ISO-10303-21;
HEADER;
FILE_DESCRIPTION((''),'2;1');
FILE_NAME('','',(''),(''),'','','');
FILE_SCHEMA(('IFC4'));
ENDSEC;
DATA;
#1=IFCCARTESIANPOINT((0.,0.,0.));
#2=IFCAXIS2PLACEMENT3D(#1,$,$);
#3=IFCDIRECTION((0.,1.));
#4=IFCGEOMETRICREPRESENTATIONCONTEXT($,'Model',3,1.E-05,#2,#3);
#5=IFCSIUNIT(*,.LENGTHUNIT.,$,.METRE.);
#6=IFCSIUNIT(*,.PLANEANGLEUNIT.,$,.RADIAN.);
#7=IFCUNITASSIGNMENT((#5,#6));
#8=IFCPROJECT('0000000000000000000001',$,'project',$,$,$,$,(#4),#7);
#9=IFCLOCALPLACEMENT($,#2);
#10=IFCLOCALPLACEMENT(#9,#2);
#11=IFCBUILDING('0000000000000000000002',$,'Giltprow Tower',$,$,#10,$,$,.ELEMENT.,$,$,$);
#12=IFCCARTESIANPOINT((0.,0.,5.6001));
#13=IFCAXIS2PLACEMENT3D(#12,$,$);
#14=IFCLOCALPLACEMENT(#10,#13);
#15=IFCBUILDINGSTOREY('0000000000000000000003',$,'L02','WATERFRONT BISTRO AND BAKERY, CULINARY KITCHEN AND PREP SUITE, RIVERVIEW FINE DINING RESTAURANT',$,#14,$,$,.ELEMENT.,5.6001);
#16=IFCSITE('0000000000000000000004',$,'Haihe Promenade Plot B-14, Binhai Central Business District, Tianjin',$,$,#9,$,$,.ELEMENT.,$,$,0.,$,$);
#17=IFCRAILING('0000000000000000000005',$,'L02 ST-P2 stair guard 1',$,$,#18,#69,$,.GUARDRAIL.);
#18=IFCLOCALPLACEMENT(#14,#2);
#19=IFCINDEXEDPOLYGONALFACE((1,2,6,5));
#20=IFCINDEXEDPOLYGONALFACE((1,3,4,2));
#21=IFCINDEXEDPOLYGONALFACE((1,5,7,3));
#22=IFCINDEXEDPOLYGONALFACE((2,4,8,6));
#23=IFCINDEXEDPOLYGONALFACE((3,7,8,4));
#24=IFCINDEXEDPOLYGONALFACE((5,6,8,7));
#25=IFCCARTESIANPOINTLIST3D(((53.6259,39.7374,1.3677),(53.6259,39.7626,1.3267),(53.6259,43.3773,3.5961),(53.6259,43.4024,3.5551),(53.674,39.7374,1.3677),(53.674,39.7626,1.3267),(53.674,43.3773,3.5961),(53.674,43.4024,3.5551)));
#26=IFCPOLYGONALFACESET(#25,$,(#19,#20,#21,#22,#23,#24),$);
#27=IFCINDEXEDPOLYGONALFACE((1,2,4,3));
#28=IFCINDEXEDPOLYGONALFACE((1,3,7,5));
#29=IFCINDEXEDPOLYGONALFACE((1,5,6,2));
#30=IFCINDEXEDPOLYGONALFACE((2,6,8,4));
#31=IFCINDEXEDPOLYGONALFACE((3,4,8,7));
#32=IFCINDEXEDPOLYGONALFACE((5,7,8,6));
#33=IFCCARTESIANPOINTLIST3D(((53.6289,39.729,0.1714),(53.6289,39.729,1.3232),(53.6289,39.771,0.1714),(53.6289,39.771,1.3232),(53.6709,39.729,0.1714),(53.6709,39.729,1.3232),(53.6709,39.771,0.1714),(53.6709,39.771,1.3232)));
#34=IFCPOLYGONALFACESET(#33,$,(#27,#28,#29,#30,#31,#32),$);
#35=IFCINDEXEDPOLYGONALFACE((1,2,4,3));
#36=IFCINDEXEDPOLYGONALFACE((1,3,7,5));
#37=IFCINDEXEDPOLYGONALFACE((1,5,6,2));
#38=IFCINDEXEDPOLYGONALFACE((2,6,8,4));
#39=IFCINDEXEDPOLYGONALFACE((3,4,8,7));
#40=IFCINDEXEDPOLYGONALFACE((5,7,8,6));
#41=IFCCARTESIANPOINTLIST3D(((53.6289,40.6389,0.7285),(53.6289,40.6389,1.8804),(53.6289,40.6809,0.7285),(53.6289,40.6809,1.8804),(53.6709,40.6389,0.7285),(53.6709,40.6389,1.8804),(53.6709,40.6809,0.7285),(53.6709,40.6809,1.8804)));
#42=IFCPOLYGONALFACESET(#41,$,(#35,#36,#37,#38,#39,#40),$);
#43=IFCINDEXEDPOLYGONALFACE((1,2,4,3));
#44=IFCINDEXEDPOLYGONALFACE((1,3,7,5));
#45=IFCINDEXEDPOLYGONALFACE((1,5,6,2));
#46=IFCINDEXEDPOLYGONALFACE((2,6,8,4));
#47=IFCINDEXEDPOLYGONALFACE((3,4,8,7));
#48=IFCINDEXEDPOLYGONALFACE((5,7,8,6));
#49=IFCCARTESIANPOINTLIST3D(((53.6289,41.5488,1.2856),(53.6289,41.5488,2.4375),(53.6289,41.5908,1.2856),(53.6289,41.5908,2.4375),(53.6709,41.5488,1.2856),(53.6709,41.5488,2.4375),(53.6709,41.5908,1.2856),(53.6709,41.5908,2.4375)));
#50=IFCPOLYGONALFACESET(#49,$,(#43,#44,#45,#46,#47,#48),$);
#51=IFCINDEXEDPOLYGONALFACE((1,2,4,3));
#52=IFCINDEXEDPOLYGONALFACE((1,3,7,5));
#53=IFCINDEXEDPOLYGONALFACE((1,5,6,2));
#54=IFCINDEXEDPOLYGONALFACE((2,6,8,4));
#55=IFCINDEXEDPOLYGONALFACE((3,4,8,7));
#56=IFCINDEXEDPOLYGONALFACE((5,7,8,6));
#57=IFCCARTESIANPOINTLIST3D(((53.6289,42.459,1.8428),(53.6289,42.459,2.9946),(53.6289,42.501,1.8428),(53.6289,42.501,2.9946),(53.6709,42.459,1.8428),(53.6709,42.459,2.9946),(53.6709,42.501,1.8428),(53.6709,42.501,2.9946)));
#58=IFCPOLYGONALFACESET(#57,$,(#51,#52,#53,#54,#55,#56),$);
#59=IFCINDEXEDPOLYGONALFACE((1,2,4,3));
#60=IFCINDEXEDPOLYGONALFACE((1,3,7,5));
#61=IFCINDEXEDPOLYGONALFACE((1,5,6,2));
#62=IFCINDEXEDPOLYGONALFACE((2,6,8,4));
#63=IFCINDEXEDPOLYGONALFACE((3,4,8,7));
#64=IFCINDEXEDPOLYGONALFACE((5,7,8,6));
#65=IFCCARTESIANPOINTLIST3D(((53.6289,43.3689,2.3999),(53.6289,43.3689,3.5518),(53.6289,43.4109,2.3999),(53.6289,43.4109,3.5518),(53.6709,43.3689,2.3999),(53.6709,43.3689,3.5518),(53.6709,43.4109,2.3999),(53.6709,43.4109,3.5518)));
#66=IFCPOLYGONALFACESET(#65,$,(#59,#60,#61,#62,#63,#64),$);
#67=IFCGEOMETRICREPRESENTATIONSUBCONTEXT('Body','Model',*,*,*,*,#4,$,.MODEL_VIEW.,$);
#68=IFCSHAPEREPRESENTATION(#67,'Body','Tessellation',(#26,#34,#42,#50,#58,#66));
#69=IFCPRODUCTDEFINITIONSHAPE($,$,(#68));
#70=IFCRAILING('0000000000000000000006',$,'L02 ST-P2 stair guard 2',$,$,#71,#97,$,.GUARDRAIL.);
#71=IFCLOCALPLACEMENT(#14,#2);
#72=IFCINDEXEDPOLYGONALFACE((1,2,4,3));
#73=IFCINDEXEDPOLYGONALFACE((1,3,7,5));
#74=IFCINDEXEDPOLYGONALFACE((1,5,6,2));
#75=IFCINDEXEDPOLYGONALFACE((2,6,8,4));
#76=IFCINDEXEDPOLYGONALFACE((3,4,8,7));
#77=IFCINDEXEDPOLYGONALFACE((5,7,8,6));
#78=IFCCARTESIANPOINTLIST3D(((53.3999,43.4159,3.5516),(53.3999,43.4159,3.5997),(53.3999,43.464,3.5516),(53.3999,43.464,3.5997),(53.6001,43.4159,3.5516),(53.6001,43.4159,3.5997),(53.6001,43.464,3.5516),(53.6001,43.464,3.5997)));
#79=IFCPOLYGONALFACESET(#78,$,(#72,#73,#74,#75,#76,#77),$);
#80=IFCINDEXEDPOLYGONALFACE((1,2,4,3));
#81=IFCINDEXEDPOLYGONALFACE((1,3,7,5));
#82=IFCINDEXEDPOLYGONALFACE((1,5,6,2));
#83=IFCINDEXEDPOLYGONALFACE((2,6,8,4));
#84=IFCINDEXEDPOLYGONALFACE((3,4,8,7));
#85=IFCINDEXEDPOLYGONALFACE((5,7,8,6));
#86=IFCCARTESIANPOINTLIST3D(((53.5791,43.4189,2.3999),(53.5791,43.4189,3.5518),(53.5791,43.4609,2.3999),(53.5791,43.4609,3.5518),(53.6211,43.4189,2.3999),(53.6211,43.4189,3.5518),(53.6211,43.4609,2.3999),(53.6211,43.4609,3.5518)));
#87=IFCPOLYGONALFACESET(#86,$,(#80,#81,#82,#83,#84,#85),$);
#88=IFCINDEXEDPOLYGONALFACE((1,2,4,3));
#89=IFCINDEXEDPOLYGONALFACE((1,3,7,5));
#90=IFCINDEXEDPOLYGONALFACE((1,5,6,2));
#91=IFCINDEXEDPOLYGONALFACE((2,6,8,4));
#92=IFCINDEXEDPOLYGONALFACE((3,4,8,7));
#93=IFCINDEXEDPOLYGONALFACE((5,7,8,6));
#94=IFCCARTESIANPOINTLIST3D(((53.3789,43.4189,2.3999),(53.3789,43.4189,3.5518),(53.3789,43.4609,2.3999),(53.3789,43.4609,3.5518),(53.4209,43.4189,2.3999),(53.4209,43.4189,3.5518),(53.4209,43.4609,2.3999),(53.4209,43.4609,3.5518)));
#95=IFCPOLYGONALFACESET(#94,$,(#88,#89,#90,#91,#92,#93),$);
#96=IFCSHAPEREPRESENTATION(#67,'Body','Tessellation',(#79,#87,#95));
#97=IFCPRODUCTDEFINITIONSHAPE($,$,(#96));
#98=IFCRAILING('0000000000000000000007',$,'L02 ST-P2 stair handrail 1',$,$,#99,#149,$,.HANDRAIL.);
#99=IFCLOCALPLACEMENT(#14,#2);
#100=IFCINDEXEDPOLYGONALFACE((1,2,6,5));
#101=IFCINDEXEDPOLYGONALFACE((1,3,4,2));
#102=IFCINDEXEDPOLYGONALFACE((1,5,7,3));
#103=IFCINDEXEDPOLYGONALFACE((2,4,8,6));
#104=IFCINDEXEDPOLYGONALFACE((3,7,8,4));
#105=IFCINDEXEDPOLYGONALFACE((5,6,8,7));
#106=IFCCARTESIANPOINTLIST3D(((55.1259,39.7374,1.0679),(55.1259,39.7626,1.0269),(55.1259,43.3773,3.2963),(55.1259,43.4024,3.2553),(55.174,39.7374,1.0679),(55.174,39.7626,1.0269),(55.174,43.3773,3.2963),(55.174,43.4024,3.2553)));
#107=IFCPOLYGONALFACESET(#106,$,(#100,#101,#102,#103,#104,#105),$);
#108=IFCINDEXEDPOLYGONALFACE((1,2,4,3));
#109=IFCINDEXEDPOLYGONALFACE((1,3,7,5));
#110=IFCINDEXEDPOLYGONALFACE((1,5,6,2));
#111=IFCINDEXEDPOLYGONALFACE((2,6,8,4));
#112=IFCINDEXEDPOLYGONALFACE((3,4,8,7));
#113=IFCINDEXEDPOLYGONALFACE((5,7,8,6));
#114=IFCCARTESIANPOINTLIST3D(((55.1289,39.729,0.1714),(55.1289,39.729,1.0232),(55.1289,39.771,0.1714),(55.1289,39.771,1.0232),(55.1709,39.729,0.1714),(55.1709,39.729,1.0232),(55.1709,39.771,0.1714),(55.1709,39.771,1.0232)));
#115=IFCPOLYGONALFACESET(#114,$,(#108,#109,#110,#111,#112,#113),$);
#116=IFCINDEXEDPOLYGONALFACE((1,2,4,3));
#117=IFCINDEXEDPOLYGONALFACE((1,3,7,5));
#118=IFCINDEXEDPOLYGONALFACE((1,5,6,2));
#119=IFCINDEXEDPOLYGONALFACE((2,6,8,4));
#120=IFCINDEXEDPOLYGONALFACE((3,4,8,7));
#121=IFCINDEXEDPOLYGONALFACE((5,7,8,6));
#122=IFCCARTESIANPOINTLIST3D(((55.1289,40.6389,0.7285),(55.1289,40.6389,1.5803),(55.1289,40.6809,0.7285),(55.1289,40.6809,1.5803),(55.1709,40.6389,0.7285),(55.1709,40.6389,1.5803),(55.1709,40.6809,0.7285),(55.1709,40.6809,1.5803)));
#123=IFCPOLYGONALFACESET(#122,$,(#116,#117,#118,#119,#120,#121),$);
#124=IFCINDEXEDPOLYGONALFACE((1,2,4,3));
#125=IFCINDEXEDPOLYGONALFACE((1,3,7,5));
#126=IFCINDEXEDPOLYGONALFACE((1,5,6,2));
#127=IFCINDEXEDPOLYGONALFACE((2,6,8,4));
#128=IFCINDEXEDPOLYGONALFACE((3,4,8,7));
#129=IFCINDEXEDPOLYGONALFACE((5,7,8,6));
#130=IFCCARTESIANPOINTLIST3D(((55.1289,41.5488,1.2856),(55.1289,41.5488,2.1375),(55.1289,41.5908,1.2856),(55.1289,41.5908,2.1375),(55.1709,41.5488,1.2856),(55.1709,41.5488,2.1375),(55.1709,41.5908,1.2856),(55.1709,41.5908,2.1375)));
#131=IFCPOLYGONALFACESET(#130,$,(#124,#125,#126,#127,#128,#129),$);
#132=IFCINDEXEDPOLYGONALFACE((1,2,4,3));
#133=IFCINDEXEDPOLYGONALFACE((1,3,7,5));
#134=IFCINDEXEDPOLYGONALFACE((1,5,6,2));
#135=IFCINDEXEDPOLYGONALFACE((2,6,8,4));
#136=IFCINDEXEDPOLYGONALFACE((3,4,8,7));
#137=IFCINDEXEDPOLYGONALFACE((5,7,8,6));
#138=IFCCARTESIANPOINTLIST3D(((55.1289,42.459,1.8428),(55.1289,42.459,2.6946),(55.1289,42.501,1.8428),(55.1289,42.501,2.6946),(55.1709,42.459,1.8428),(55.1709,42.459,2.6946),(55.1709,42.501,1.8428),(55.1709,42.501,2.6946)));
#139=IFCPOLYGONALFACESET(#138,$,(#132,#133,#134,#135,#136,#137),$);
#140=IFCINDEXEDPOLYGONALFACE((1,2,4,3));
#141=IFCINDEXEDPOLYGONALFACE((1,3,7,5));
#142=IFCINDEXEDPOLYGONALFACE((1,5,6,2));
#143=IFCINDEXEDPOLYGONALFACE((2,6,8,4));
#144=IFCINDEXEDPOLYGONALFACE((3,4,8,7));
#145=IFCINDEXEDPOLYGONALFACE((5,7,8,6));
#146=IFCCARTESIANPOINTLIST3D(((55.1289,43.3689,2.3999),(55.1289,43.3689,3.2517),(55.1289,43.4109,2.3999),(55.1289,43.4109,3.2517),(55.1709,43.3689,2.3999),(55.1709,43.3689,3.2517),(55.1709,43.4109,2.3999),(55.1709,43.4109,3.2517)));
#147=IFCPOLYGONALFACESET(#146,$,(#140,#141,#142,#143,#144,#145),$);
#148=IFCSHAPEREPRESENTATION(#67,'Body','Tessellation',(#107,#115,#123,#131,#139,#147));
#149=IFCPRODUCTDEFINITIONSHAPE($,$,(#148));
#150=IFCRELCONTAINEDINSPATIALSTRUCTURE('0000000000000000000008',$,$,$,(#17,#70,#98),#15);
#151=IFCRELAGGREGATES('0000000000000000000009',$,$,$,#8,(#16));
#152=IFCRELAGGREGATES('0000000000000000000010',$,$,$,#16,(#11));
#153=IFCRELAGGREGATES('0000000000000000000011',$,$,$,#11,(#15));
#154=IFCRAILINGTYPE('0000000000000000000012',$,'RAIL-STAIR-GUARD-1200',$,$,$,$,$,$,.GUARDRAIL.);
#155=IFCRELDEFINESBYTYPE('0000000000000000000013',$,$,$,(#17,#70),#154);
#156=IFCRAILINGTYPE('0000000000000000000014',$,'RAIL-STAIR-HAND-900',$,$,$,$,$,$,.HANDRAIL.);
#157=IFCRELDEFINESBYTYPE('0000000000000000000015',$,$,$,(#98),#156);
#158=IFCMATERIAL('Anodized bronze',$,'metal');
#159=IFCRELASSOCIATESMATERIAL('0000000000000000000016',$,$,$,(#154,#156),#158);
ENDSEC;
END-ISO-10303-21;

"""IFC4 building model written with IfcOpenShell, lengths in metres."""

from ifc_helpers import new_model, si_unit, direction, frame, origin, origin_2d, place, context, subcontext, project, spatial, rectangle, extrude, material, type_object, element, save


model = new_model("IFC4")

# Units and contexts
model_context = context("Model", 3, precision=1e-05, world=origin(), true_north=direction((0.0, 1.0)))
body_context = subcontext(model_context, "Body", "Model", "MODEL_VIEW")
ifc_project = project(units=[si_unit("LENGTHUNIT", "METRE"), si_unit("PLANEANGLEUNIT", "RADIAN")], contexts=[model_context])

# Site, building, storey
site_placement = place(None, origin())
site = spatial("IfcSite", under=ifc_project, at=site_placement, Name="Haihe Promenade Plot B-14, Binhai Central Business District, Tianjin", CompositionType="ELEMENT", RefElevation=0.0)
building_placement = place(site_placement, origin())
building = spatial("IfcBuilding", under=site, at=building_placement, Name="Giltprow Tower", CompositionType="ELEMENT")
storey_placement = place(building_placement, frame((0.0, 0.0, 5.6001)))
storey = spatial("IfcBuildingStorey", under=building, at=storey_placement, Name="L02", Description="WATERFRONT BISTRO AND BAKERY, CULINARY KITCHEN AND PREP SUITE, RIVERVIEW FINE DINING RESTAURANT", CompositionType="ELEMENT", Elevation=5.6001)

# Railings
ifc_material_1 = material(Name="Anodized bronze", Category="metal")
railing_type_1 = type_object("IfcRailingType", Name="RAIL-STAIR-GUARD-1200", PredefinedType="GUARDRAIL", material=ifc_material_1)
railing_1_placement = place(storey_placement, frame((53.6499, 39.75, 0.1714)))
element("IfcRailing", 1, at=railing_1_placement, inside=storey, type_object=railing_type_1, Name="L02 ST-P2 stair guard 1", PredefinedType="GUARDRAIL", context=body_context, shape_type="SweptSolid", body=[
    extrude(rectangle(XDim=0.0481, YDim=0.0481, at=origin_2d()), frame((0.0, 0.0, 1.1758), z_axis=(0.0, 0.85285, 0.522156), x_axis=(-1.0, 0.0, 0.0)), (0.0, 0.0, 1.0), 4.2678),
    extrude(rectangle(XDim=0.042, YDim=0.042, at=origin_2d()), origin(), (0.0, 0.0, 1.0), 1.1519),
    extrude(rectangle(XDim=0.042, YDim=0.042, at=origin_2d()), frame((0.0, 0.9099, 0.5571)), (0.0, 0.0, 1.0), 1.1519),
    extrude(rectangle(XDim=0.042, YDim=0.042, at=origin_2d()), frame((0.0, 1.8198, 1.1143)), (0.0, 0.0, 1.0), 1.1519),
    extrude(rectangle(XDim=0.042, YDim=0.042, at=origin_2d()), frame((0.0, 2.73, 1.6714)), (0.0, 0.0, 1.0), 1.1519),
    extrude(rectangle(XDim=0.042, YDim=0.042, at=origin_2d()), frame((0.0, 3.6399, 2.2285)), (0.0, 0.0, 1.0), 1.1519),
])
railing_2_placement = place(storey_placement, frame((53.6001, 43.4399, 2.3999)))
element("IfcRailing", 2, at=railing_2_placement, inside=storey, type_object=railing_type_1, Name="L02 ST-P2 stair guard 2", PredefinedType="GUARDRAIL", context=body_context, shape_type="SweptSolid", body=[
    extrude(rectangle(XDim=0.0481, YDim=0.0481, at=origin_2d()), frame((0.0, 0.0, 1.1758), z_axis=(-1.0, 0.0, 0.0), x_axis=(0.0, -1.0, 0.0)), (0.0, 0.0, 1.0), 0.2002),
    extrude(rectangle(XDim=0.042, YDim=0.042, at=origin_2d()), origin(), (0.0, 0.0, 1.0), 1.1519),
    extrude(rectangle(XDim=0.042, YDim=0.042, at=origin_2d()), frame((-0.2002, 0.0, 0.0)), (0.0, 0.0, 1.0), 1.1519),
])
railing_type_2 = type_object("IfcRailingType", Name="RAIL-STAIR-HAND-900", PredefinedType="HANDRAIL", material=ifc_material_1)
railing_3_placement = place(storey_placement, frame((55.1499, 39.75, 0.1714)))
element("IfcRailing", 3, at=railing_3_placement, inside=storey, type_object=railing_type_2, Name="L02 ST-P2 stair handrail 1", PredefinedType="HANDRAIL", context=body_context, shape_type="SweptSolid", body=[
    extrude(rectangle(XDim=0.0481, YDim=0.0481, at=origin_2d()), frame((0.0, 0.0, 0.876), z_axis=(0.0, 0.85285, 0.522156), x_axis=(-1.0, 0.0, 0.0)), (0.0, 0.0, 1.0), 4.2678),
    extrude(rectangle(XDim=0.042, YDim=0.042, at=origin_2d()), origin(), (0.0, 0.0, 1.0), 0.8518),
    extrude(rectangle(XDim=0.042, YDim=0.042, at=origin_2d()), frame((0.0, 0.9099, 0.5571)), (0.0, 0.0, 1.0), 0.8518),
    extrude(rectangle(XDim=0.042, YDim=0.042, at=origin_2d()), frame((0.0, 1.8198, 1.1143)), (0.0, 0.0, 1.0), 0.8518),
    extrude(rectangle(XDim=0.042, YDim=0.042, at=origin_2d()), frame((0.0, 2.73, 1.6714)), (0.0, 0.0, 1.0), 0.8518),
    extrude(rectangle(XDim=0.042, YDim=0.042, at=origin_2d()), frame((0.0, 3.6399, 2.2285)), (0.0, 0.0, 1.0), 0.8518),
])

save(model, "model.ifc")
